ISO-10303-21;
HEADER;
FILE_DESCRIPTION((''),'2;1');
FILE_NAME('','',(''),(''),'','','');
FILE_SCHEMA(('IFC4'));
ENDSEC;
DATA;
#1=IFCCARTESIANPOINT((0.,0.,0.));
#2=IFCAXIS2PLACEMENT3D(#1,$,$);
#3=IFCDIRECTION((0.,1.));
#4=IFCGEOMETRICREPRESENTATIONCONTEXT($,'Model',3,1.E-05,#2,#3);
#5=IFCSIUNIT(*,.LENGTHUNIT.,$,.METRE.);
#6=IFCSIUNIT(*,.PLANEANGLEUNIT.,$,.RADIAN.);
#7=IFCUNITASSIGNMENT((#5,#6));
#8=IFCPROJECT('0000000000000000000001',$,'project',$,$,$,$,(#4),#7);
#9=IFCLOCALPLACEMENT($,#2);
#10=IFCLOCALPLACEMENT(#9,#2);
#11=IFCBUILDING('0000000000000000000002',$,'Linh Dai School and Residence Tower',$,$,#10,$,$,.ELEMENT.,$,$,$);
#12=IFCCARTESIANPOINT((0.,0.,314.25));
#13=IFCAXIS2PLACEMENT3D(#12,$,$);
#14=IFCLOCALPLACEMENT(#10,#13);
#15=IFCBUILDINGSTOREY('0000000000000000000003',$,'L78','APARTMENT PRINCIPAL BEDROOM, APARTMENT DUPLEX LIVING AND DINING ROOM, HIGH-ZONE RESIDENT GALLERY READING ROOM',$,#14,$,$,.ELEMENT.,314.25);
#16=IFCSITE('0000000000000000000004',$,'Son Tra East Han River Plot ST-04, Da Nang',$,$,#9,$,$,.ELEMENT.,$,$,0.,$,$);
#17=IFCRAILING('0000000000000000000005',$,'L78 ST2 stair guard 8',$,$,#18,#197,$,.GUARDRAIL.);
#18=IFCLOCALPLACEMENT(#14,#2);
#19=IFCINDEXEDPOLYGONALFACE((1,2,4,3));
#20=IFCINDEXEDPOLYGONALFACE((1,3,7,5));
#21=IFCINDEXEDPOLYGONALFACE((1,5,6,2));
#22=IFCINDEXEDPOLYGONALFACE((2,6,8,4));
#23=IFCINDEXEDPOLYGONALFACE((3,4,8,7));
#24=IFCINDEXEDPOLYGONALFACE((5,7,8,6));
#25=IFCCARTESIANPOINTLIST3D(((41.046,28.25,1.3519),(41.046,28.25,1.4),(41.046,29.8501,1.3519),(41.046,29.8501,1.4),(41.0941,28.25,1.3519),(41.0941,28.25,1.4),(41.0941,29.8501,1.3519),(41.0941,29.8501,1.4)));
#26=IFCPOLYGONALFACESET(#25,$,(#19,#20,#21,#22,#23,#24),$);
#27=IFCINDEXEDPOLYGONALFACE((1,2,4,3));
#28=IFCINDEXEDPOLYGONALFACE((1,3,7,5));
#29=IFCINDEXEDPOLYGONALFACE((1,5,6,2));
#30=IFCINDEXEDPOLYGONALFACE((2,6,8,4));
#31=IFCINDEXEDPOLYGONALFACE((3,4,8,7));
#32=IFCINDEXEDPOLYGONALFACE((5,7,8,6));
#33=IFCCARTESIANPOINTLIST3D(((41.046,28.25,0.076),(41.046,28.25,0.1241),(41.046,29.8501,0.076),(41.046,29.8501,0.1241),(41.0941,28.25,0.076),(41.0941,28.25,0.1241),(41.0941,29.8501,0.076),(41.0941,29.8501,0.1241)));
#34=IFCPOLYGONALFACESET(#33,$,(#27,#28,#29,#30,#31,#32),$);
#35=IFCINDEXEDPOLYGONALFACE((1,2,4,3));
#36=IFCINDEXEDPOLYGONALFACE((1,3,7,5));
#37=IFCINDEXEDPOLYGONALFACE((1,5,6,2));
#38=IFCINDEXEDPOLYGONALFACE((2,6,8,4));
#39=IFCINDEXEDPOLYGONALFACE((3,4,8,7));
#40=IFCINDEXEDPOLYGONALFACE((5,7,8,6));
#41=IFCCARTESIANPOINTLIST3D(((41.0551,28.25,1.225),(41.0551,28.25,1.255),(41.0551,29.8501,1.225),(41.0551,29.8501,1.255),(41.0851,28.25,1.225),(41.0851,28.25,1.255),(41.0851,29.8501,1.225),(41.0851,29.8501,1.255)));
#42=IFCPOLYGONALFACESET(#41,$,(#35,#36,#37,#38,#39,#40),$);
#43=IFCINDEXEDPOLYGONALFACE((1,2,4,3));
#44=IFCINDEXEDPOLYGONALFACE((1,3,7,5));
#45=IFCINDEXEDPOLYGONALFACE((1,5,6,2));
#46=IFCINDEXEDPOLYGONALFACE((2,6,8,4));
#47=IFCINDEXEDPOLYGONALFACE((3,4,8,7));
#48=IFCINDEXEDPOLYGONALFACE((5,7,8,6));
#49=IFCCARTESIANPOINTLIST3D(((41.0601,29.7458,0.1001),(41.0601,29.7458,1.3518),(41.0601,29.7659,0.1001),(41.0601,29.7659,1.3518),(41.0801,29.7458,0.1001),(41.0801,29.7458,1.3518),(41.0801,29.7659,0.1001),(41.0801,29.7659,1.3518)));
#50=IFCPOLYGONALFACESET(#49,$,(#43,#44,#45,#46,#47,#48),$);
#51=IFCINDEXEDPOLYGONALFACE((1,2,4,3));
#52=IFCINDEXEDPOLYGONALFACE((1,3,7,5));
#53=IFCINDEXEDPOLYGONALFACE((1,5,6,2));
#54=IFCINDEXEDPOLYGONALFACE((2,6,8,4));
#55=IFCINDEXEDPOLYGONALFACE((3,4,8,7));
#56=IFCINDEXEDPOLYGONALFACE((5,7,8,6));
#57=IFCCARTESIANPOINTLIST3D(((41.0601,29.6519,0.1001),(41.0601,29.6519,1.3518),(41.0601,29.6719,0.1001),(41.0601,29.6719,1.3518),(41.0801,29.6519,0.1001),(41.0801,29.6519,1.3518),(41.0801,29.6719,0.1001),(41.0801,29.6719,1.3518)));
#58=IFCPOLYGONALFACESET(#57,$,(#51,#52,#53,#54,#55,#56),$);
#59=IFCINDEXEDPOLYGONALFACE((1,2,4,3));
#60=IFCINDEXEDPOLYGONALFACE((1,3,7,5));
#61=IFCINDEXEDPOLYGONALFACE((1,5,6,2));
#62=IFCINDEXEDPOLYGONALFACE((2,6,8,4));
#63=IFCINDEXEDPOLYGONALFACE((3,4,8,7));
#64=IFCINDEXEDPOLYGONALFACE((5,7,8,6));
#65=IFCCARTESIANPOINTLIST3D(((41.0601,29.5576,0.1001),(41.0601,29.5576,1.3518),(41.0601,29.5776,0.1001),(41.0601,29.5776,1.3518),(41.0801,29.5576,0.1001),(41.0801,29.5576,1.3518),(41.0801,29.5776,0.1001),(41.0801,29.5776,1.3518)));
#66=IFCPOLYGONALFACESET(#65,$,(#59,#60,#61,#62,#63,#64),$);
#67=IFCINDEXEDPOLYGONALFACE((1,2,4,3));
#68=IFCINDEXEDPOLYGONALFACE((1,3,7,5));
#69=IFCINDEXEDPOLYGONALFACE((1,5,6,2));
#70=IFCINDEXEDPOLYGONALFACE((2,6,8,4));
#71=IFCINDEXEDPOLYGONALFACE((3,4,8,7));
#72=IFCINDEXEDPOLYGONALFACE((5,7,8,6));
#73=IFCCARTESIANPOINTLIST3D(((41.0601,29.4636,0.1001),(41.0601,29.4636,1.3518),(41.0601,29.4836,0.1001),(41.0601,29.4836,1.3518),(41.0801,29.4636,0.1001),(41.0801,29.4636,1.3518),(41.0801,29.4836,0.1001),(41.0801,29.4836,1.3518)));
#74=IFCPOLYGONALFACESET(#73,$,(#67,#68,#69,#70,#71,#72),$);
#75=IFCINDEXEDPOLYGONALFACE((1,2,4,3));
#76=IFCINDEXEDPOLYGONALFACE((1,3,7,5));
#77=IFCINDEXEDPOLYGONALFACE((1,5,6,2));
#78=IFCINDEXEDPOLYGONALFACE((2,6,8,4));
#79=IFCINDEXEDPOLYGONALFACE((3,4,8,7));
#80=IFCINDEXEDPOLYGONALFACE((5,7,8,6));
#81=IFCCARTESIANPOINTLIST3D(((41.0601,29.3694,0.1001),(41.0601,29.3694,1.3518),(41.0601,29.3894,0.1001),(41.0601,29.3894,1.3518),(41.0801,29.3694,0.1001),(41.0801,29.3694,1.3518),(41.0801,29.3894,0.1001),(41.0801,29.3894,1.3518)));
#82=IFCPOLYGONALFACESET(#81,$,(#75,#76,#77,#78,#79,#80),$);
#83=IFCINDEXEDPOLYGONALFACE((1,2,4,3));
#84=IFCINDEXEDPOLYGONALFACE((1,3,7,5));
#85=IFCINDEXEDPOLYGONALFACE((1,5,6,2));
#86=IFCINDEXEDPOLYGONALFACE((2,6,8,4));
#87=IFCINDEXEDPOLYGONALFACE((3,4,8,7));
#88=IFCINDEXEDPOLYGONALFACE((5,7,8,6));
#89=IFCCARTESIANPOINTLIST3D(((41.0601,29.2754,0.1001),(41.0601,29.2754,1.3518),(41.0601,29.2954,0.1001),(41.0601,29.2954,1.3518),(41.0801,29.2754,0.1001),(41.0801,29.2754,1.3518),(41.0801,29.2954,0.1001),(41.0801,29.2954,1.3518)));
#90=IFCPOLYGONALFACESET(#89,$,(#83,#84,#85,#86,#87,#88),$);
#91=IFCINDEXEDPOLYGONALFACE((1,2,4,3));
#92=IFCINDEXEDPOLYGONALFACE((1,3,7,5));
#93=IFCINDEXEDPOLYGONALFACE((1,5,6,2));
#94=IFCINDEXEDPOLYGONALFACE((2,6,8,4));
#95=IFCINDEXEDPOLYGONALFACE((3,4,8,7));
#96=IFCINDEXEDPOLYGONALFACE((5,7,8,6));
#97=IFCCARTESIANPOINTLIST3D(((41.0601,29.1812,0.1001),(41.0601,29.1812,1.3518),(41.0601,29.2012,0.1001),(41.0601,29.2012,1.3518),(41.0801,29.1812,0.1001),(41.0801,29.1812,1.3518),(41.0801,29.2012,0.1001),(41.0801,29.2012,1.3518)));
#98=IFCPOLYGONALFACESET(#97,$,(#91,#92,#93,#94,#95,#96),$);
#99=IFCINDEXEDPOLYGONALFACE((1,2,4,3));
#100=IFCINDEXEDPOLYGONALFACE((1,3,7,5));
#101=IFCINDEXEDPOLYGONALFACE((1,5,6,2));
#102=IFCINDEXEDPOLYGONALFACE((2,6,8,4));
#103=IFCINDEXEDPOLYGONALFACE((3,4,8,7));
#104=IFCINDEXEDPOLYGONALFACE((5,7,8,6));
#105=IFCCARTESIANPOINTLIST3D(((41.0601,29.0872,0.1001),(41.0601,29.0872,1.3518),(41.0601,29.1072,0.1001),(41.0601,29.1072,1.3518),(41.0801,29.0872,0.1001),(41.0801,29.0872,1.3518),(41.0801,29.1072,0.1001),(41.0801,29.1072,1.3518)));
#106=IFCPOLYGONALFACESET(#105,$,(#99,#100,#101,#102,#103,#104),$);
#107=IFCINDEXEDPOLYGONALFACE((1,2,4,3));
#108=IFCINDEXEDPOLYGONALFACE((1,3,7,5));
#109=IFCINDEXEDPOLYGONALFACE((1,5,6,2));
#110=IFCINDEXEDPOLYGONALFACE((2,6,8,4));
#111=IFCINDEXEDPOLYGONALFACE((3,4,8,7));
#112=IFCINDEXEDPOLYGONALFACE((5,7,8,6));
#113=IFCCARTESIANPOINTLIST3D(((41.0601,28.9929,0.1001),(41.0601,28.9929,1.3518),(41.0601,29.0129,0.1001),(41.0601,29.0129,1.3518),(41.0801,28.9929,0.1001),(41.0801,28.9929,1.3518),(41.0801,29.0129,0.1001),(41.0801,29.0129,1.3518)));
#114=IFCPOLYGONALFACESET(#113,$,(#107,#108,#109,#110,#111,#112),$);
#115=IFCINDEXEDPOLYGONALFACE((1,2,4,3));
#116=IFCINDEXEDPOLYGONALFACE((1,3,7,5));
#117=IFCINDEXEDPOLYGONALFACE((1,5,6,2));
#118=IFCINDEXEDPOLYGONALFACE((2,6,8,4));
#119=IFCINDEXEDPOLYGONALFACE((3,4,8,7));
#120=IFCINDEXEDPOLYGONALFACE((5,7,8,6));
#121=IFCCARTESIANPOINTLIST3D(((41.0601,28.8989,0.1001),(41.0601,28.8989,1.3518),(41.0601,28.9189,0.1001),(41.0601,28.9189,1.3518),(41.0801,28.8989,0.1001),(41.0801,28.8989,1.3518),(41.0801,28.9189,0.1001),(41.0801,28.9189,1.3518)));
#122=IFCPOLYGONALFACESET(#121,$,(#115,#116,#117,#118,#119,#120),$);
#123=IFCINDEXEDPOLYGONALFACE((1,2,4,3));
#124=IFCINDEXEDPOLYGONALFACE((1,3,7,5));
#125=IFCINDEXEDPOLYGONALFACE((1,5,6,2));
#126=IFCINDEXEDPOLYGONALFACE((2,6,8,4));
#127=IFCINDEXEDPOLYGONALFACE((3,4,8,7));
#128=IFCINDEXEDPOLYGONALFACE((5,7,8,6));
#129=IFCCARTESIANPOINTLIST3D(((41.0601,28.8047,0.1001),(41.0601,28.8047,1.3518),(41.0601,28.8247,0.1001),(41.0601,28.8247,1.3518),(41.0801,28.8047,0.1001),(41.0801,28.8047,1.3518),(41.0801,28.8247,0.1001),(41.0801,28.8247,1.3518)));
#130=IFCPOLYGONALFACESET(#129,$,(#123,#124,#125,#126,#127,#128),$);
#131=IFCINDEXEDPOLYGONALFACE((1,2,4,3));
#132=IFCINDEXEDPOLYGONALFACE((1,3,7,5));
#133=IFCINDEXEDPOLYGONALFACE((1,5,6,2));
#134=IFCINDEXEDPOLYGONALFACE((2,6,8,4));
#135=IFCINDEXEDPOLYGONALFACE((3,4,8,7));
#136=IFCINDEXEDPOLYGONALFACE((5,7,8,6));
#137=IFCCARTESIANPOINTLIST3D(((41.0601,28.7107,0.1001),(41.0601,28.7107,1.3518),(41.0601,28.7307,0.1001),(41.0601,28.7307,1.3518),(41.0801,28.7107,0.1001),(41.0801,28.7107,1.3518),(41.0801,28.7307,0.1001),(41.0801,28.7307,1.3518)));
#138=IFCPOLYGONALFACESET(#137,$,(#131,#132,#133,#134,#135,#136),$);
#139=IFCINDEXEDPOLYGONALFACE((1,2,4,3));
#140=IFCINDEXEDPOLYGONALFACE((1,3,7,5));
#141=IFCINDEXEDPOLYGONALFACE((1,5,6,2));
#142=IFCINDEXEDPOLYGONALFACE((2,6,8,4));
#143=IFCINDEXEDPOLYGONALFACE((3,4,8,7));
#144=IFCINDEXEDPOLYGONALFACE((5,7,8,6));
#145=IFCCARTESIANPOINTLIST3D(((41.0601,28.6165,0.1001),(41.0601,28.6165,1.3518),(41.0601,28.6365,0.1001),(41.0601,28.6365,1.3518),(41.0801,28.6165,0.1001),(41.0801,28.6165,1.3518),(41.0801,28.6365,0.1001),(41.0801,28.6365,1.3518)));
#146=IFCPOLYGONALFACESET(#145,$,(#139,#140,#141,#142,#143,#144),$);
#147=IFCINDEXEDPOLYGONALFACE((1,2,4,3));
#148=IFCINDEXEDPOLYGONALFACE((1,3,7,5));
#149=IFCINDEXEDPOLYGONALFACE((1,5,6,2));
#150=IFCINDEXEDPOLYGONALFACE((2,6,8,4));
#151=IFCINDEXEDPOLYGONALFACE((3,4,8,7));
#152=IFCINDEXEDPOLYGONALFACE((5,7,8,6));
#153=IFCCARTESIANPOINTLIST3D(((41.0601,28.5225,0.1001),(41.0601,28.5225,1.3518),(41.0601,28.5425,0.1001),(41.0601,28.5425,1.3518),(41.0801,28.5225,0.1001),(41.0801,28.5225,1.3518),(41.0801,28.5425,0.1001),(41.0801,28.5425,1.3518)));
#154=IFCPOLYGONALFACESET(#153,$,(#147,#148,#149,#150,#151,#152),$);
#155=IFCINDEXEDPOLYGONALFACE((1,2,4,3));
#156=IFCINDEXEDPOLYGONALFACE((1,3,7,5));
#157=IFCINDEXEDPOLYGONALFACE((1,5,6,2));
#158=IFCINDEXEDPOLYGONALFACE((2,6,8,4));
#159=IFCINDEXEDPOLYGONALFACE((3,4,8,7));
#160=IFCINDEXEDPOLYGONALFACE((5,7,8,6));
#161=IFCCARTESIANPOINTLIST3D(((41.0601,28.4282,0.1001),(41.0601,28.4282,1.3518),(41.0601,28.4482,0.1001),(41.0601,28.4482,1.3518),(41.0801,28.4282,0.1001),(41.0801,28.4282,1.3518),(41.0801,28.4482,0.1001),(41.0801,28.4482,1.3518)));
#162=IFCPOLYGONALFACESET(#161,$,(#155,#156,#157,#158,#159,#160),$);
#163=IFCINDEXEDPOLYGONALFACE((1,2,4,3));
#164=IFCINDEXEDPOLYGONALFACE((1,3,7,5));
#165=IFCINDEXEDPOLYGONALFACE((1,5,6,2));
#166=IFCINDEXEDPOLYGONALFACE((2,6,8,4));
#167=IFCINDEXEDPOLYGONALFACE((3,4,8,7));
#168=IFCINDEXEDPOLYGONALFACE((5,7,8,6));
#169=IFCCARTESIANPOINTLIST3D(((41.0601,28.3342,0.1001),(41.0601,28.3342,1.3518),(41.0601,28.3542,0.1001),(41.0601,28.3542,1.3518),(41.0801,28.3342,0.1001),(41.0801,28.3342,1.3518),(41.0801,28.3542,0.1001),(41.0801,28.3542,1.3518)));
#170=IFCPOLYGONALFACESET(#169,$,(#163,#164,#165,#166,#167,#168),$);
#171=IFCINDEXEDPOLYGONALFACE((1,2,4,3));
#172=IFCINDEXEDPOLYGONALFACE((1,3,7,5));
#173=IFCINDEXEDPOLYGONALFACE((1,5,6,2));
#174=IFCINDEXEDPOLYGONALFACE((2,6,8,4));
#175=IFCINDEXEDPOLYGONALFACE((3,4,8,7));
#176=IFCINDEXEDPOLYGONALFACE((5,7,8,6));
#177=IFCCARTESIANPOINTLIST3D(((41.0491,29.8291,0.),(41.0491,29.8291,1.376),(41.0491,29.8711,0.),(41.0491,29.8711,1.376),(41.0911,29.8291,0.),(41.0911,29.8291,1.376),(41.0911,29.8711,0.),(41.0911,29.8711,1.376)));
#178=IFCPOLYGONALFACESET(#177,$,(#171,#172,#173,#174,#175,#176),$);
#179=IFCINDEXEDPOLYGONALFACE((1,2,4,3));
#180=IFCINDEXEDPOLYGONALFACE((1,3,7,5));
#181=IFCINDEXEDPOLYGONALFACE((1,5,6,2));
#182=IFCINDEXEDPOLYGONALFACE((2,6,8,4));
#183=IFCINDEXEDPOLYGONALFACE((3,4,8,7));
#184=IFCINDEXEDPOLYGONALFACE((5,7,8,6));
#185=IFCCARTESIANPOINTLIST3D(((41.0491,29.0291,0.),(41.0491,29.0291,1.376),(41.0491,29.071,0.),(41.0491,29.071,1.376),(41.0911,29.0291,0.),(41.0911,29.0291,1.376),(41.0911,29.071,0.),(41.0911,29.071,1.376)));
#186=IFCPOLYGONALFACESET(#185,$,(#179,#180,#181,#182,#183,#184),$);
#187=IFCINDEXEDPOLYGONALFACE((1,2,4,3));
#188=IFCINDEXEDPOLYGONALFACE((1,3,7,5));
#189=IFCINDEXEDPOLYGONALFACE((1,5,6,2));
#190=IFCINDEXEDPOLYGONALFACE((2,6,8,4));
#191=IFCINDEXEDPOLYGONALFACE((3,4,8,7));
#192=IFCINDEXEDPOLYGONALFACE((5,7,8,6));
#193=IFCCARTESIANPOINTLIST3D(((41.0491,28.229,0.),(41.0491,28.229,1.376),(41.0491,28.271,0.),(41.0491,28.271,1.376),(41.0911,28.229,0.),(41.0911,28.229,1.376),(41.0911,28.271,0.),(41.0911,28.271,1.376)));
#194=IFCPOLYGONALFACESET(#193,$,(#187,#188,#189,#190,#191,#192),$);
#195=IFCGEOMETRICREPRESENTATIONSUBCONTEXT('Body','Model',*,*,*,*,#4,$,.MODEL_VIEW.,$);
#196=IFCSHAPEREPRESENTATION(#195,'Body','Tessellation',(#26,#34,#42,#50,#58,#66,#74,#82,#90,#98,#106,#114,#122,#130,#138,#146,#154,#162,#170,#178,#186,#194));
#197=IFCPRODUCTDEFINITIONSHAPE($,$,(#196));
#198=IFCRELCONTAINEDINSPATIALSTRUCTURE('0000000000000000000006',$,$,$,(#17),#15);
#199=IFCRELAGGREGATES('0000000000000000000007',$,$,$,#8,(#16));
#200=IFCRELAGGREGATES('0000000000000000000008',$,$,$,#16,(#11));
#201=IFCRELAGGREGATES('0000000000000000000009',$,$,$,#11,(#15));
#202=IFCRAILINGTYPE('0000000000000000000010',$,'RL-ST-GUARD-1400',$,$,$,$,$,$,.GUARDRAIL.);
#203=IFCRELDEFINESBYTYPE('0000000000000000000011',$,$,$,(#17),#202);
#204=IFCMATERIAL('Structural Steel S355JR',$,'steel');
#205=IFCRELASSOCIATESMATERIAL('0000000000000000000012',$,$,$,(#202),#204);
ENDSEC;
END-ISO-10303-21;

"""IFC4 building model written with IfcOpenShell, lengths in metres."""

from ifc_helpers import new_model, si_unit, direction, frame, origin, origin_2d, place, context, subcontext, project, spatial, rectangle, extrude, source, transform, mapped, material, type_object, element, save


model = new_model("IFC4")

# Units and contexts
model_context = context("Model", 3, precision=1e-05, world=origin(), true_north=direction((0.0, 1.0)))
body_context = subcontext(model_context, "Body", "Model", "MODEL_VIEW")
ifc_project = project(units=[si_unit("LENGTHUNIT", "METRE"), si_unit("PLANEANGLEUNIT", "RADIAN")], contexts=[model_context])

# Site, building, storey
site_placement = place(None, origin())
site = spatial("IfcSite", under=ifc_project, at=site_placement, Name="Son Tra East Han River Plot ST-04, Da Nang", CompositionType="ELEMENT", RefElevation=0.0)
building_placement = place(site_placement, origin())
building = spatial("IfcBuilding", under=site, at=building_placement, Name="Linh Dai School and Residence Tower", CompositionType="ELEMENT")
storey_placement = place(building_placement, frame((0.0, 0.0, 314.25)))
storey = spatial("IfcBuildingStorey", under=building, at=storey_placement, Name="L78", Description="APARTMENT PRINCIPAL BEDROOM, APARTMENT DUPLEX LIVING AND DINING ROOM, HIGH-ZONE RESIDENT GALLERY READING ROOM", CompositionType="ELEMENT", Elevation=314.25)

# Shared definitions
ifc_material_1 = material(Name="Structural Steel S355JR", Category="steel")

# Railing
railing_type_1 = type_object("IfcRailingType", Name="RL-ST-GUARD-1400", PredefinedType="GUARDRAIL", material=ifc_material_1)
shared_shape_1 = source(origin(), body_context, "Body", "SweptSolid", [
    extrude(rectangle(XDim=0.0481, YDim=0.0481, at=origin_2d()), frame((0.0, 0.0, 1.376), z_axis=(0.0, -1.0, 0.0), x_axis=(1.0, 0.0, 0.0)), (0.0, 0.0, 1.0), 1.6001),
    extrude(rectangle(XDim=0.0481, YDim=0.0481, at=origin_2d()), frame((0.0, 0.0, 0.1001), z_axis=(0.0, -1.0, 0.0), x_axis=(1.0, 0.0, 0.0)), (0.0, 0.0, 1.0), 1.6001),
    extrude(rectangle(XDim=0.03, YDim=0.03, at=origin_2d()), frame((0.0, 0.0, 1.24), z_axis=(0.0, -1.0, 0.0), x_axis=(1.0, 0.0, 0.0)), (0.0, 0.0, 1.0), 1.6001),
    extrude(rectangle(XDim=0.02, YDim=0.02, at=origin_2d()), frame((0.0, -0.0942, 0.1001)), (0.0, 0.0, 1.0), 1.2517),
    extrude(rectangle(XDim=0.02, YDim=0.02, at=origin_2d()), frame((0.0, -0.1882, 0.1001)), (0.0, 0.0, 1.0), 1.2517),
    extrude(rectangle(XDim=0.02, YDim=0.02, at=origin_2d()), frame((0.0, -0.2825, 0.1001)), (0.0, 0.0, 1.0), 1.2517),
    extrude(rectangle(XDim=0.02, YDim=0.02, at=origin_2d()), frame((0.0, -0.3765, 0.1001)), (0.0, 0.0, 1.0), 1.2517),
    extrude(rectangle(XDim=0.02, YDim=0.02, at=origin_2d()), frame((0.0, -0.4707, 0.1001)), (0.0, 0.0, 1.0), 1.2517),
    extrude(rectangle(XDim=0.02, YDim=0.02, at=origin_2d()), frame((0.0, -0.5647, 0.1001)), (0.0, 0.0, 1.0), 1.2517),
    extrude(rectangle(XDim=0.02, YDim=0.02, at=origin_2d()), frame((0.0, -0.6589, 0.1001)), (0.0, 0.0, 1.0), 1.2517),
    extrude(rectangle(XDim=0.02, YDim=0.02, at=origin_2d()), frame((0.0, -0.7529, 0.1001)), (0.0, 0.0, 1.0), 1.2517),
    extrude(rectangle(XDim=0.02, YDim=0.02, at=origin_2d()), frame((0.0, -0.8472, 0.1001)), (0.0, 0.0, 1.0), 1.2517),
    extrude(rectangle(XDim=0.02, YDim=0.02, at=origin_2d()), frame((0.0, -0.9412, 0.1001)), (0.0, 0.0, 1.0), 1.2517),
    extrude(rectangle(XDim=0.02, YDim=0.02, at=origin_2d()), frame((0.0, -1.0354, 0.1001)), (0.0, 0.0, 1.0), 1.2517),
    extrude(rectangle(XDim=0.02, YDim=0.02, at=origin_2d()), frame((0.0, -1.1294, 0.1001)), (0.0, 0.0, 1.0), 1.2517),
    extrude(rectangle(XDim=0.02, YDim=0.02, at=origin_2d()), frame((0.0, -1.2236, 0.1001)), (0.0, 0.0, 1.0), 1.2517),
    extrude(rectangle(XDim=0.02, YDim=0.02, at=origin_2d()), frame((0.0, -1.3176, 0.1001)), (0.0, 0.0, 1.0), 1.2517),
    extrude(rectangle(XDim=0.02, YDim=0.02, at=origin_2d()), frame((0.0, -1.4119, 0.1001)), (0.0, 0.0, 1.0), 1.2517),
    extrude(rectangle(XDim=0.02, YDim=0.02, at=origin_2d()), frame((0.0, -1.5059, 0.1001)), (0.0, 0.0, 1.0), 1.2517),
    extrude(rectangle(XDim=0.042, YDim=0.042, at=origin_2d()), origin(), (0.0, 0.0, 1.0), 1.376),
    extrude(rectangle(XDim=0.042, YDim=0.042, at=origin_2d()), frame((0.0, -0.8, 0.0)), (0.0, 0.0, 1.0), 1.376),
    extrude(rectangle(XDim=0.042, YDim=0.042, at=origin_2d()), frame((0.0, -1.6001, 0.0)), (0.0, 0.0, 1.0), 1.376),
])
for number, where, name in (
    (1, (41.0701, 29.8501, 0.0), "L78 ST2 stair guard 8"),
):
    element("IfcRailing", number, at=place(storey_placement, frame(where)), inside=storey, type_object=railing_type_1, Name=name, PredefinedType="GUARDRAIL", context=body_context, shape_type="MappedRepresentation", body=[
        mapped(shared_shape_1, transform((0.0, 0.0, 0.0), x_axis=(1.0, 0.0, 0.0), y_axis=(0.0, 1.0, 0.0), z_axis=(0.0, 0.0, 1.0), scale=1.0)),
    ])

save(model, "model.ifc")
